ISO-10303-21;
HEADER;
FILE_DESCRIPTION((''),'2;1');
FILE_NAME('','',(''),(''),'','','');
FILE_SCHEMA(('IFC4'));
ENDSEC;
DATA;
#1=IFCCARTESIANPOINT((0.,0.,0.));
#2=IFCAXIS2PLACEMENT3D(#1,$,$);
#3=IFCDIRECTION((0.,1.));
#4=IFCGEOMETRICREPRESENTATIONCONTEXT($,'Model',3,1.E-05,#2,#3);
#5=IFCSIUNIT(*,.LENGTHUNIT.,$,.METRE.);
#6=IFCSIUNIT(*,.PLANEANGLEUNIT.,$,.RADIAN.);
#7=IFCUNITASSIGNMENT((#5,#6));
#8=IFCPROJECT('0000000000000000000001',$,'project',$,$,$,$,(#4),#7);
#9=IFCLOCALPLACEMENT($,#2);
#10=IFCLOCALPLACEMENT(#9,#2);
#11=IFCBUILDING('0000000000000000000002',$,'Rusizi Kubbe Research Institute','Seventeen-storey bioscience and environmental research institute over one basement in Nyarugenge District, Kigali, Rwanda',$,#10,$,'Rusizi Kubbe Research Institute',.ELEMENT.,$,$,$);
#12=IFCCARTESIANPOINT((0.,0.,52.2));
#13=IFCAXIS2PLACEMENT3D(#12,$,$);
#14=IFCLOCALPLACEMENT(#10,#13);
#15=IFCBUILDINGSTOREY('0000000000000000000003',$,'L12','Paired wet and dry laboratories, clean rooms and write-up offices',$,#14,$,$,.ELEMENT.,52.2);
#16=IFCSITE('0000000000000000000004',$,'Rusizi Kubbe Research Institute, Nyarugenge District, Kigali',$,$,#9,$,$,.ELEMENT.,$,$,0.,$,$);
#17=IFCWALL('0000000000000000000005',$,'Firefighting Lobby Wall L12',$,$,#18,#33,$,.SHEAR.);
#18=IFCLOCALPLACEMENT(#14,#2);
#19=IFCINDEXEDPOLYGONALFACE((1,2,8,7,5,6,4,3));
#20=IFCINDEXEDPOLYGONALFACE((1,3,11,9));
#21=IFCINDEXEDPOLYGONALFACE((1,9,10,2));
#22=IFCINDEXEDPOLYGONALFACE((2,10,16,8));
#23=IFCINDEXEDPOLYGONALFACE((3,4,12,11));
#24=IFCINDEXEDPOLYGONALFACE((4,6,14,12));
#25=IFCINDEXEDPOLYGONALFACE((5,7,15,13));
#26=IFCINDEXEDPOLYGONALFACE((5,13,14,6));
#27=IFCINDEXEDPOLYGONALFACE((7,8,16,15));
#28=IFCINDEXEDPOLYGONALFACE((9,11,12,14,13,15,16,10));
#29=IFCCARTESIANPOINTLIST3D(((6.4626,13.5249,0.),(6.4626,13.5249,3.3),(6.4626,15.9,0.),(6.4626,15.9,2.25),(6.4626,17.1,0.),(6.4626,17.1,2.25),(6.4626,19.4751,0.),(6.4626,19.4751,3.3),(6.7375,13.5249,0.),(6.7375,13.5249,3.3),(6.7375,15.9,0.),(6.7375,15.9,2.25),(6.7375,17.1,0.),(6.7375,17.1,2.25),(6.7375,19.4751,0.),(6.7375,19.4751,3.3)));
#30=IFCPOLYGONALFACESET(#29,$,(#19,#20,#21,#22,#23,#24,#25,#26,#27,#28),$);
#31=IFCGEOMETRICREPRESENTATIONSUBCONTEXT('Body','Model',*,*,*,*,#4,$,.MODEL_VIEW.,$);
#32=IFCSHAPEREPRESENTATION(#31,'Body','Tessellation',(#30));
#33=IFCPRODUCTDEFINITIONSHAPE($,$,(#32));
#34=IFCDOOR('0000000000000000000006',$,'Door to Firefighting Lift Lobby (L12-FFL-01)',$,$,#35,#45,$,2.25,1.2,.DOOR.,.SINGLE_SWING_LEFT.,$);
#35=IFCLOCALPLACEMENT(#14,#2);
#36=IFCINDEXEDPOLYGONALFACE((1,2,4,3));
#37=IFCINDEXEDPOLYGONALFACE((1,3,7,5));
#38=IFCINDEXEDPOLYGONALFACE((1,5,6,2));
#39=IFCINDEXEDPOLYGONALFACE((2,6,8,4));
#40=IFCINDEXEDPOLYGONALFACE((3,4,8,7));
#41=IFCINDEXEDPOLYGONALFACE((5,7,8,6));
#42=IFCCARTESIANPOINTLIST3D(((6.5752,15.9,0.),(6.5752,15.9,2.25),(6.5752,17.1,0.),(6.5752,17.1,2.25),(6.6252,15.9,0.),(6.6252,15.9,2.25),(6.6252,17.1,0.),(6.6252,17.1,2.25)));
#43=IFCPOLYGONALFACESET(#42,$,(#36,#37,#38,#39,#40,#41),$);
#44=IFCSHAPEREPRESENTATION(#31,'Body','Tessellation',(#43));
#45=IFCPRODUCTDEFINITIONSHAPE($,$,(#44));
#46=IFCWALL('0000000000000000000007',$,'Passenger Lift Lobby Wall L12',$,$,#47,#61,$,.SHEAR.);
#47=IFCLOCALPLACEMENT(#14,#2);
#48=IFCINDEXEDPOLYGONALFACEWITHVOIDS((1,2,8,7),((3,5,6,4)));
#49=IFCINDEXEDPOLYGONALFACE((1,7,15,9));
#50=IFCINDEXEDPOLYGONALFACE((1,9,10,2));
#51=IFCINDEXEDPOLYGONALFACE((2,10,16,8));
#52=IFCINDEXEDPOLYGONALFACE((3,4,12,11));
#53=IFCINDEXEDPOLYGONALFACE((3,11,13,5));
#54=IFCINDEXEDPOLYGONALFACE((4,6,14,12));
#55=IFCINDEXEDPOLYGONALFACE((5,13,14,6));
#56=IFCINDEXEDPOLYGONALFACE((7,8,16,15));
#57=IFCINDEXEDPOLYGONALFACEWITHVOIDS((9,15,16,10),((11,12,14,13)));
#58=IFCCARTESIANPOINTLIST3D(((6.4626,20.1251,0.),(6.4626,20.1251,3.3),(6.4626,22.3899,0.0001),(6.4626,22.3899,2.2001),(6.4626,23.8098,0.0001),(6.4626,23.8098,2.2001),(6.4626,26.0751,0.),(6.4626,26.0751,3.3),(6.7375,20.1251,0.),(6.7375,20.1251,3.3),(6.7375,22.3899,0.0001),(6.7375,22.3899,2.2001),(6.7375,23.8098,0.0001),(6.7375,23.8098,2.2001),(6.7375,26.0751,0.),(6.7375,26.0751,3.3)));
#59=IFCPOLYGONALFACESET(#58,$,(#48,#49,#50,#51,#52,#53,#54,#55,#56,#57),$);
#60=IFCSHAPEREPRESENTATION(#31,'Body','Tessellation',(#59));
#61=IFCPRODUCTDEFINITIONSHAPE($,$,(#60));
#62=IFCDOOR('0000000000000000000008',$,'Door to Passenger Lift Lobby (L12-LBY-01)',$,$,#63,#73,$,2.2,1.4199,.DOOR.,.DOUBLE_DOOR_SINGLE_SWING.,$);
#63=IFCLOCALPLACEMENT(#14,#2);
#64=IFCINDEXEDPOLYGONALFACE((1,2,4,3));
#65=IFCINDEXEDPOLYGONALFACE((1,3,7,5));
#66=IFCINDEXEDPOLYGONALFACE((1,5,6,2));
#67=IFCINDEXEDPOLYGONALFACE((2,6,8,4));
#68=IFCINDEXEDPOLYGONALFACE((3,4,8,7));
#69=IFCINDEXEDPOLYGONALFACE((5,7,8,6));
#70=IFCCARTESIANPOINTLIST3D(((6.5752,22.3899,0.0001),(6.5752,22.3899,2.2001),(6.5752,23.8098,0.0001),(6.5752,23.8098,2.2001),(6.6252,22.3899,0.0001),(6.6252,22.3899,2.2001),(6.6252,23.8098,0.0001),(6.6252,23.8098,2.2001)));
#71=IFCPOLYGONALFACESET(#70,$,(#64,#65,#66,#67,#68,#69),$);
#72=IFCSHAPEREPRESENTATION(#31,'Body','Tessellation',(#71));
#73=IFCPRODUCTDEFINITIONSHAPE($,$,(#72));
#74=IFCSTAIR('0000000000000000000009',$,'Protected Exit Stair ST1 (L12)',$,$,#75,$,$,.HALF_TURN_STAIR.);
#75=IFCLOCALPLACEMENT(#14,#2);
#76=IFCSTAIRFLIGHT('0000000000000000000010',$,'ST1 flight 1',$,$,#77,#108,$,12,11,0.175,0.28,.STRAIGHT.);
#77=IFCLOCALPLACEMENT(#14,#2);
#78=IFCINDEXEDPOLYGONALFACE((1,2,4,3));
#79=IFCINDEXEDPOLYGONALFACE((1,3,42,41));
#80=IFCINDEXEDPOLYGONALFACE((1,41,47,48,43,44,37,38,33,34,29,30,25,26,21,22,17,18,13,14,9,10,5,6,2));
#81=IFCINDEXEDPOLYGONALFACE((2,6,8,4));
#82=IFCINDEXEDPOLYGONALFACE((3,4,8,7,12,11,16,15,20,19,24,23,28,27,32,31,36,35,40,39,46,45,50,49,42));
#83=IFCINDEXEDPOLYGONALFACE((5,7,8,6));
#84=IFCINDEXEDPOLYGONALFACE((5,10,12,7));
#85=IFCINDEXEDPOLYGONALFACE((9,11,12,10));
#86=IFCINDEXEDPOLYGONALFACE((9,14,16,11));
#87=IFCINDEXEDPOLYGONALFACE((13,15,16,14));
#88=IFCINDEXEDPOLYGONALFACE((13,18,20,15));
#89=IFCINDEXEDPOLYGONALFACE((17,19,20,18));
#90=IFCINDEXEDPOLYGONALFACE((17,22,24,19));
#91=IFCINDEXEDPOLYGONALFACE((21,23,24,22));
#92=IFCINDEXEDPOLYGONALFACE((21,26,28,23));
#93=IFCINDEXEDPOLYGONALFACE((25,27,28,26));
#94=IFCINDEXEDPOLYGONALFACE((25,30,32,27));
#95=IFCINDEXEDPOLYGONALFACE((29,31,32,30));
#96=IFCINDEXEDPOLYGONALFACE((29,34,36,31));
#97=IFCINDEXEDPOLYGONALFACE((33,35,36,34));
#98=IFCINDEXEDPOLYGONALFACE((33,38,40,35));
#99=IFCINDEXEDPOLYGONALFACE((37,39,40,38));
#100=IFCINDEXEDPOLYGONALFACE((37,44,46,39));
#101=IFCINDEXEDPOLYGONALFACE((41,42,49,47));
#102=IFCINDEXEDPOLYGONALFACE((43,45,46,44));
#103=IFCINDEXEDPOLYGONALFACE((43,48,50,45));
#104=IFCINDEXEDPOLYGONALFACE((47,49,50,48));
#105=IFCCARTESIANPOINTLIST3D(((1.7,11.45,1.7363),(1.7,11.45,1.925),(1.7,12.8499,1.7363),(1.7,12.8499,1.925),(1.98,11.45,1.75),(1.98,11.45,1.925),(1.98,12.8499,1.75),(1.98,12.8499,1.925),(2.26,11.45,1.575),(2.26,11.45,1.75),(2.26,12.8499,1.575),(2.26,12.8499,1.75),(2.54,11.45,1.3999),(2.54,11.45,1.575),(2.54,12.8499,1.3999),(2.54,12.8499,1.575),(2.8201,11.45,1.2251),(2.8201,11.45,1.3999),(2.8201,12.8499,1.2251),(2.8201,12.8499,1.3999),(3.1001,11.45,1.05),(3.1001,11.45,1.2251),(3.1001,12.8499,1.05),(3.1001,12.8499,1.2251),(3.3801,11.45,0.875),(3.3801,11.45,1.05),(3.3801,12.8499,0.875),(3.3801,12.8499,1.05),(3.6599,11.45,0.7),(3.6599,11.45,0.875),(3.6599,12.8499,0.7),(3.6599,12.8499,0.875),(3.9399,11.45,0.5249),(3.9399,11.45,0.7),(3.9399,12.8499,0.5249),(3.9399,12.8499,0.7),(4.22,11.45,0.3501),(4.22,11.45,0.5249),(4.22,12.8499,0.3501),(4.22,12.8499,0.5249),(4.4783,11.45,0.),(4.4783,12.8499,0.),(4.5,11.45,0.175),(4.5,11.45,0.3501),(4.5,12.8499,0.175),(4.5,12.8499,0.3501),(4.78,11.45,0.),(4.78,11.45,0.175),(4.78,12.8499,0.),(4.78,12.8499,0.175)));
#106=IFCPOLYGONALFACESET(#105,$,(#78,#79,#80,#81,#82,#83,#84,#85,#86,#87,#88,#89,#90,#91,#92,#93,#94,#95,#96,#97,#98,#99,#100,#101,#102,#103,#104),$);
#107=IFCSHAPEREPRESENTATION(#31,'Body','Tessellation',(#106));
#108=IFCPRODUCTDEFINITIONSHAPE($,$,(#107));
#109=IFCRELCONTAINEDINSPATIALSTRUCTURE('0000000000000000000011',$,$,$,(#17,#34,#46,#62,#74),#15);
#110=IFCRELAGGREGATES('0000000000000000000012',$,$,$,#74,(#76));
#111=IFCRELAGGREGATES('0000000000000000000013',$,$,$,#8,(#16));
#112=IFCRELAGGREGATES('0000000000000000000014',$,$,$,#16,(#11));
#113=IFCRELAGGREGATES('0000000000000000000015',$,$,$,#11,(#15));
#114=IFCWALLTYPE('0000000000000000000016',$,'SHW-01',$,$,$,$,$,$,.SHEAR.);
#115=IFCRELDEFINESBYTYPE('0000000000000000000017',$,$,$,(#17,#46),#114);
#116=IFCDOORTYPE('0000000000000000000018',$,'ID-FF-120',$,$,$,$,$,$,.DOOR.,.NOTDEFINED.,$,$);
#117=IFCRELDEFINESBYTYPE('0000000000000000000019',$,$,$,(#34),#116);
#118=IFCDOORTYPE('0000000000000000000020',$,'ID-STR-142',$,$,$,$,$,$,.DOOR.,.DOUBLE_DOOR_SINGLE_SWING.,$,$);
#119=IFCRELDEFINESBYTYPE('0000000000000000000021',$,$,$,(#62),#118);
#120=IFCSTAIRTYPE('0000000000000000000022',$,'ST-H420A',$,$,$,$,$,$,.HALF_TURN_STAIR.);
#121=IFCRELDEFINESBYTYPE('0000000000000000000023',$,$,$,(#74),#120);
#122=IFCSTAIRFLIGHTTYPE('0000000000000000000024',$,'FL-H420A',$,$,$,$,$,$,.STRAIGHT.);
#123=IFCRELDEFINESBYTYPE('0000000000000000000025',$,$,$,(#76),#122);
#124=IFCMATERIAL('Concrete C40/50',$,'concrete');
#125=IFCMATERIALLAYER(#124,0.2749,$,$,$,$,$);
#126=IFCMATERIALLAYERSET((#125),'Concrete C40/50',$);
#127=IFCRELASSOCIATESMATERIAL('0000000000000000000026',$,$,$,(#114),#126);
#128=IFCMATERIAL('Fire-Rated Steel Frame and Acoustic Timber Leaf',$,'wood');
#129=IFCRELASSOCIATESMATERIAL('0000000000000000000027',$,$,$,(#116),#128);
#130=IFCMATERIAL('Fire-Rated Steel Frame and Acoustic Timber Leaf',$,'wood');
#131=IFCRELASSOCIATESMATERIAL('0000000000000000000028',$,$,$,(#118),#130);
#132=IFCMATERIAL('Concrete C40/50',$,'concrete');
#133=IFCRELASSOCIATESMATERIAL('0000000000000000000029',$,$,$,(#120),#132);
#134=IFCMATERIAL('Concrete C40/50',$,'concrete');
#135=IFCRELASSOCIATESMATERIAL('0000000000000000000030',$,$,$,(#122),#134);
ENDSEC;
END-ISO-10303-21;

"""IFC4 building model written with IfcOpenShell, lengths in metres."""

from ifc_helpers import new_model, si_unit, direction, frame, frame_2d, origin, place, context, subcontext, project, spatial, polyline, rectangle, outline, extrude, material, layer, layer_set, type_object, element, fill, aggregate, save


model = new_model("IFC4")

# Units and contexts
model_context = context("Model", 3, precision=1e-05, world=origin(), true_north=direction((0.0, 1.0)))
body_context = subcontext(model_context, "Body", "Model", "MODEL_VIEW")
ifc_project = project(units=[si_unit("LENGTHUNIT", "METRE"), si_unit("PLANEANGLEUNIT", "RADIAN")], contexts=[model_context])

# Site, building, storey
site_placement = place(None, origin())
site = spatial("IfcSite", under=ifc_project, at=site_placement, Name="Rusizi Kubbe Research Institute, Nyarugenge District, Kigali", CompositionType="ELEMENT", RefElevation=0.0)
building_placement = place(site_placement, origin())
building = spatial("IfcBuilding", under=site, at=building_placement, Name="Rusizi Kubbe Research Institute", Description="Seventeen-storey bioscience and environmental research institute over one basement in Nyarugenge District, Kigali, Rwanda", LongName="Rusizi Kubbe Research Institute", CompositionType="ELEMENT")
storey_placement = place(building_placement, frame((0.0, 0.0, 52.2)))
storey = spatial("IfcBuildingStorey", under=building, at=storey_placement, Name="L12", Description="Paired wet and dry laboratories, clean rooms and write-up offices", CompositionType="ELEMENT", Elevation=52.2)

# Walls, openings, doors
ifc_material_1 = material(Name="Concrete C40/50", Category="concrete")
ifc_layer_1 = layer(ifc_material_1, 0.2749)
ifc_layer_set_1 = layer_set([ifc_layer_1], Name="Concrete C40/50")
wall_type_1 = type_object("IfcWallType", Name="SHW-01", PredefinedType="SHEAR", material=ifc_layer_set_1)
wall_1_placement = place(storey_placement, frame((6.6001, 13.5249, 0.0), z_axis=(0.0, 0.0, 1.0), x_axis=(0.0, 1.0, 0.0)))
wall_1 = element("IfcWall", 1, at=wall_1_placement, inside=storey, type_object=wall_type_1, Name="Firefighting Lobby Wall L12", PredefinedType="SHEAR", context=body_context, shape_type="SweptSolid", body=[
    extrude(rectangle(XDim=5.9502, YDim=0.2749, at=frame_2d((2.9751, 0.0))), origin(), (0.0, 0.0, 1.0), 3.3),
])
opening_1_placement = place(wall_1_placement, frame((2.375, 0.0, 0.0)))
opening_1 = element("IfcOpeningElement", 2, at=opening_1_placement, cuts=wall_1, PredefinedType="OPENING", context=body_context, shape_type="SweptSolid", body=[
    extrude(rectangle(XDim=1.2, YDim=2.25, at=frame_2d((0.6001, 1.125))), frame((0.0, 0.1475, 0.0), z_axis=(0.0, -1.0, 0.0), x_axis=(1.0, 0.0, 0.0)), (0.0, 0.0, 1.0), 0.2949),
])
ifc_material_2 = material(Name="Fire-Rated Steel Frame and Acoustic Timber Leaf", Category="wood")
door_type_1 = type_object("IfcDoorType", Name="ID-FF-120", OperationType="NOTDEFINED", PredefinedType="DOOR", material=ifc_material_2)
door_1_placement = place(opening_1_placement, origin())
door_1 = element("IfcDoor", 3, at=door_1_placement, inside=storey, type_object=door_type_1, Name="Door to Firefighting Lift Lobby (L12-FFL-01)", OperationType="SINGLE_SWING_LEFT", OverallHeight=2.25, OverallWidth=1.2, PredefinedType="DOOR", context=body_context, shape_type="SweptSolid", body=[
    extrude(rectangle(XDim=1.2, YDim=2.25, at=frame_2d((0.6001, 1.125))), frame((0.0, 0.0249, 0.0), z_axis=(0.0, -1.0, 0.0), x_axis=(1.0, 0.0, 0.0)), (0.0, 0.0, 1.0), 0.05),
])
fill(opening_1, door_1)
wall_2_placement = place(storey_placement, frame((6.6001, 20.125, 0.0), z_axis=(0.0, 0.0, 1.0), x_axis=(0.0, 1.0, 0.0)))
wall_2 = element("IfcWall", 4, at=wall_2_placement, inside=storey, type_object=wall_type_1, Name="Passenger Lift Lobby Wall L12", PredefinedType="SHEAR", context=body_context, shape_type="SweptSolid", body=[
    extrude(rectangle(XDim=5.95, YDim=0.2749, at=frame_2d((2.9751, 0.0))), origin(), (0.0, 0.0, 1.0), 3.3),
])
opening_2_placement = place(wall_2_placement, frame((2.2649, 0.0, 0.0)))
opening_2 = element("IfcOpeningElement", 5, at=opening_2_placement, cuts=wall_2, PredefinedType="OPENING", context=body_context, shape_type="SweptSolid", body=[
    extrude(rectangle(XDim=1.4199, YDim=2.2, at=frame_2d((0.71, 1.1001))), frame((0.0, 0.1475, 0.0), z_axis=(0.0, -1.0, 0.0), x_axis=(1.0, 0.0, 0.0)), (0.0, 0.0, 1.0), 0.2949),
])
ifc_material_3 = material(Name="Fire-Rated Steel Frame and Acoustic Timber Leaf", Category="wood")
door_type_2 = type_object("IfcDoorType", Name="ID-STR-142", OperationType="DOUBLE_DOOR_SINGLE_SWING", PredefinedType="DOOR", material=ifc_material_3)
door_2_placement = place(opening_2_placement, origin())
door_2 = element("IfcDoor", 6, at=door_2_placement, inside=storey, type_object=door_type_2, Name="Door to Passenger Lift Lobby (L12-LBY-01)", OperationType="DOUBLE_DOOR_SINGLE_SWING", OverallHeight=2.2, OverallWidth=1.4199, PredefinedType="DOOR", context=body_context, shape_type="SweptSolid", body=[
    extrude(rectangle(XDim=1.4199, YDim=2.2, at=frame_2d((0.71, 1.1001))), frame((0.0, 0.0249, 0.0), z_axis=(0.0, -1.0, 0.0), x_axis=(1.0, 0.0, 0.0)), (0.0, 0.0, 1.0), 0.05),
])
fill(opening_2, door_2)

# Stair, stair flight
ifc_material_4 = material(Name="Concrete C40/50", Category="concrete")
stair_type = type_object("IfcStairType", Name="ST-H420A", PredefinedType="HALF_TURN_STAIR", material=ifc_material_4)
stair_placement = place(storey_placement, origin())
stair = element("IfcStair", 7, at=stair_placement, inside=storey, type_object=stair_type, Name="Protected Exit Stair ST1 (L12)", PredefinedType="HALF_TURN_STAIR")
ifc_material_5 = material(Name="Concrete C40/50", Category="concrete")
stair_flight_type = type_object("IfcStairFlightType", Name="FL-H420A", PredefinedType="STRAIGHT", material=ifc_material_5)
stair_flight_placement = place(storey_placement, frame((4.78, 12.1499, 0.0), z_axis=(0.0, 0.0, 1.0), x_axis=(-1.0, 0.0, 0.0)))
stair_flight = element("IfcStairFlight", 8, at=stair_flight_placement, type_object=stair_flight_type, Name="ST1 flight 1", NumberOfRisers=12, NumberOfTreads=11, PredefinedType="STRAIGHT", RiserHeight=0.175, TreadLength=0.28, context=body_context, shape_type="SweptSolid", body=[
    extrude(outline(polyline([(0.0, 0.0), (0.0, 0.175), (0.28, 0.175), (0.28, 0.3501), (0.5601, 0.3501), (0.5601, 0.5249), (0.8401, 0.5249), (0.8401, 0.7), (1.1201, 0.7), (1.1201, 0.875), (1.3999, 0.875), (1.3999, 1.05), (1.6799, 1.05), (1.6799, 1.2251), (1.96, 1.2251), (1.96, 1.3999), (2.24, 1.3999), (2.24, 1.575), (2.52, 1.575), (2.52, 1.75), (2.8, 1.75), (2.8, 1.925), (3.0801, 1.925), (3.0801, 2.1001), (3.0801, 1.7363), (0.3018, 0.0), (0.0, 0.0)])), frame((0.0, 0.7, 0.0), z_axis=(0.0, -1.0, 0.0), x_axis=(1.0, 0.0, 0.0)), (0.0, 0.0, 1.0), 1.3999),
])
aggregate(stair, [stair_flight])

save(model, "model.ifc")
